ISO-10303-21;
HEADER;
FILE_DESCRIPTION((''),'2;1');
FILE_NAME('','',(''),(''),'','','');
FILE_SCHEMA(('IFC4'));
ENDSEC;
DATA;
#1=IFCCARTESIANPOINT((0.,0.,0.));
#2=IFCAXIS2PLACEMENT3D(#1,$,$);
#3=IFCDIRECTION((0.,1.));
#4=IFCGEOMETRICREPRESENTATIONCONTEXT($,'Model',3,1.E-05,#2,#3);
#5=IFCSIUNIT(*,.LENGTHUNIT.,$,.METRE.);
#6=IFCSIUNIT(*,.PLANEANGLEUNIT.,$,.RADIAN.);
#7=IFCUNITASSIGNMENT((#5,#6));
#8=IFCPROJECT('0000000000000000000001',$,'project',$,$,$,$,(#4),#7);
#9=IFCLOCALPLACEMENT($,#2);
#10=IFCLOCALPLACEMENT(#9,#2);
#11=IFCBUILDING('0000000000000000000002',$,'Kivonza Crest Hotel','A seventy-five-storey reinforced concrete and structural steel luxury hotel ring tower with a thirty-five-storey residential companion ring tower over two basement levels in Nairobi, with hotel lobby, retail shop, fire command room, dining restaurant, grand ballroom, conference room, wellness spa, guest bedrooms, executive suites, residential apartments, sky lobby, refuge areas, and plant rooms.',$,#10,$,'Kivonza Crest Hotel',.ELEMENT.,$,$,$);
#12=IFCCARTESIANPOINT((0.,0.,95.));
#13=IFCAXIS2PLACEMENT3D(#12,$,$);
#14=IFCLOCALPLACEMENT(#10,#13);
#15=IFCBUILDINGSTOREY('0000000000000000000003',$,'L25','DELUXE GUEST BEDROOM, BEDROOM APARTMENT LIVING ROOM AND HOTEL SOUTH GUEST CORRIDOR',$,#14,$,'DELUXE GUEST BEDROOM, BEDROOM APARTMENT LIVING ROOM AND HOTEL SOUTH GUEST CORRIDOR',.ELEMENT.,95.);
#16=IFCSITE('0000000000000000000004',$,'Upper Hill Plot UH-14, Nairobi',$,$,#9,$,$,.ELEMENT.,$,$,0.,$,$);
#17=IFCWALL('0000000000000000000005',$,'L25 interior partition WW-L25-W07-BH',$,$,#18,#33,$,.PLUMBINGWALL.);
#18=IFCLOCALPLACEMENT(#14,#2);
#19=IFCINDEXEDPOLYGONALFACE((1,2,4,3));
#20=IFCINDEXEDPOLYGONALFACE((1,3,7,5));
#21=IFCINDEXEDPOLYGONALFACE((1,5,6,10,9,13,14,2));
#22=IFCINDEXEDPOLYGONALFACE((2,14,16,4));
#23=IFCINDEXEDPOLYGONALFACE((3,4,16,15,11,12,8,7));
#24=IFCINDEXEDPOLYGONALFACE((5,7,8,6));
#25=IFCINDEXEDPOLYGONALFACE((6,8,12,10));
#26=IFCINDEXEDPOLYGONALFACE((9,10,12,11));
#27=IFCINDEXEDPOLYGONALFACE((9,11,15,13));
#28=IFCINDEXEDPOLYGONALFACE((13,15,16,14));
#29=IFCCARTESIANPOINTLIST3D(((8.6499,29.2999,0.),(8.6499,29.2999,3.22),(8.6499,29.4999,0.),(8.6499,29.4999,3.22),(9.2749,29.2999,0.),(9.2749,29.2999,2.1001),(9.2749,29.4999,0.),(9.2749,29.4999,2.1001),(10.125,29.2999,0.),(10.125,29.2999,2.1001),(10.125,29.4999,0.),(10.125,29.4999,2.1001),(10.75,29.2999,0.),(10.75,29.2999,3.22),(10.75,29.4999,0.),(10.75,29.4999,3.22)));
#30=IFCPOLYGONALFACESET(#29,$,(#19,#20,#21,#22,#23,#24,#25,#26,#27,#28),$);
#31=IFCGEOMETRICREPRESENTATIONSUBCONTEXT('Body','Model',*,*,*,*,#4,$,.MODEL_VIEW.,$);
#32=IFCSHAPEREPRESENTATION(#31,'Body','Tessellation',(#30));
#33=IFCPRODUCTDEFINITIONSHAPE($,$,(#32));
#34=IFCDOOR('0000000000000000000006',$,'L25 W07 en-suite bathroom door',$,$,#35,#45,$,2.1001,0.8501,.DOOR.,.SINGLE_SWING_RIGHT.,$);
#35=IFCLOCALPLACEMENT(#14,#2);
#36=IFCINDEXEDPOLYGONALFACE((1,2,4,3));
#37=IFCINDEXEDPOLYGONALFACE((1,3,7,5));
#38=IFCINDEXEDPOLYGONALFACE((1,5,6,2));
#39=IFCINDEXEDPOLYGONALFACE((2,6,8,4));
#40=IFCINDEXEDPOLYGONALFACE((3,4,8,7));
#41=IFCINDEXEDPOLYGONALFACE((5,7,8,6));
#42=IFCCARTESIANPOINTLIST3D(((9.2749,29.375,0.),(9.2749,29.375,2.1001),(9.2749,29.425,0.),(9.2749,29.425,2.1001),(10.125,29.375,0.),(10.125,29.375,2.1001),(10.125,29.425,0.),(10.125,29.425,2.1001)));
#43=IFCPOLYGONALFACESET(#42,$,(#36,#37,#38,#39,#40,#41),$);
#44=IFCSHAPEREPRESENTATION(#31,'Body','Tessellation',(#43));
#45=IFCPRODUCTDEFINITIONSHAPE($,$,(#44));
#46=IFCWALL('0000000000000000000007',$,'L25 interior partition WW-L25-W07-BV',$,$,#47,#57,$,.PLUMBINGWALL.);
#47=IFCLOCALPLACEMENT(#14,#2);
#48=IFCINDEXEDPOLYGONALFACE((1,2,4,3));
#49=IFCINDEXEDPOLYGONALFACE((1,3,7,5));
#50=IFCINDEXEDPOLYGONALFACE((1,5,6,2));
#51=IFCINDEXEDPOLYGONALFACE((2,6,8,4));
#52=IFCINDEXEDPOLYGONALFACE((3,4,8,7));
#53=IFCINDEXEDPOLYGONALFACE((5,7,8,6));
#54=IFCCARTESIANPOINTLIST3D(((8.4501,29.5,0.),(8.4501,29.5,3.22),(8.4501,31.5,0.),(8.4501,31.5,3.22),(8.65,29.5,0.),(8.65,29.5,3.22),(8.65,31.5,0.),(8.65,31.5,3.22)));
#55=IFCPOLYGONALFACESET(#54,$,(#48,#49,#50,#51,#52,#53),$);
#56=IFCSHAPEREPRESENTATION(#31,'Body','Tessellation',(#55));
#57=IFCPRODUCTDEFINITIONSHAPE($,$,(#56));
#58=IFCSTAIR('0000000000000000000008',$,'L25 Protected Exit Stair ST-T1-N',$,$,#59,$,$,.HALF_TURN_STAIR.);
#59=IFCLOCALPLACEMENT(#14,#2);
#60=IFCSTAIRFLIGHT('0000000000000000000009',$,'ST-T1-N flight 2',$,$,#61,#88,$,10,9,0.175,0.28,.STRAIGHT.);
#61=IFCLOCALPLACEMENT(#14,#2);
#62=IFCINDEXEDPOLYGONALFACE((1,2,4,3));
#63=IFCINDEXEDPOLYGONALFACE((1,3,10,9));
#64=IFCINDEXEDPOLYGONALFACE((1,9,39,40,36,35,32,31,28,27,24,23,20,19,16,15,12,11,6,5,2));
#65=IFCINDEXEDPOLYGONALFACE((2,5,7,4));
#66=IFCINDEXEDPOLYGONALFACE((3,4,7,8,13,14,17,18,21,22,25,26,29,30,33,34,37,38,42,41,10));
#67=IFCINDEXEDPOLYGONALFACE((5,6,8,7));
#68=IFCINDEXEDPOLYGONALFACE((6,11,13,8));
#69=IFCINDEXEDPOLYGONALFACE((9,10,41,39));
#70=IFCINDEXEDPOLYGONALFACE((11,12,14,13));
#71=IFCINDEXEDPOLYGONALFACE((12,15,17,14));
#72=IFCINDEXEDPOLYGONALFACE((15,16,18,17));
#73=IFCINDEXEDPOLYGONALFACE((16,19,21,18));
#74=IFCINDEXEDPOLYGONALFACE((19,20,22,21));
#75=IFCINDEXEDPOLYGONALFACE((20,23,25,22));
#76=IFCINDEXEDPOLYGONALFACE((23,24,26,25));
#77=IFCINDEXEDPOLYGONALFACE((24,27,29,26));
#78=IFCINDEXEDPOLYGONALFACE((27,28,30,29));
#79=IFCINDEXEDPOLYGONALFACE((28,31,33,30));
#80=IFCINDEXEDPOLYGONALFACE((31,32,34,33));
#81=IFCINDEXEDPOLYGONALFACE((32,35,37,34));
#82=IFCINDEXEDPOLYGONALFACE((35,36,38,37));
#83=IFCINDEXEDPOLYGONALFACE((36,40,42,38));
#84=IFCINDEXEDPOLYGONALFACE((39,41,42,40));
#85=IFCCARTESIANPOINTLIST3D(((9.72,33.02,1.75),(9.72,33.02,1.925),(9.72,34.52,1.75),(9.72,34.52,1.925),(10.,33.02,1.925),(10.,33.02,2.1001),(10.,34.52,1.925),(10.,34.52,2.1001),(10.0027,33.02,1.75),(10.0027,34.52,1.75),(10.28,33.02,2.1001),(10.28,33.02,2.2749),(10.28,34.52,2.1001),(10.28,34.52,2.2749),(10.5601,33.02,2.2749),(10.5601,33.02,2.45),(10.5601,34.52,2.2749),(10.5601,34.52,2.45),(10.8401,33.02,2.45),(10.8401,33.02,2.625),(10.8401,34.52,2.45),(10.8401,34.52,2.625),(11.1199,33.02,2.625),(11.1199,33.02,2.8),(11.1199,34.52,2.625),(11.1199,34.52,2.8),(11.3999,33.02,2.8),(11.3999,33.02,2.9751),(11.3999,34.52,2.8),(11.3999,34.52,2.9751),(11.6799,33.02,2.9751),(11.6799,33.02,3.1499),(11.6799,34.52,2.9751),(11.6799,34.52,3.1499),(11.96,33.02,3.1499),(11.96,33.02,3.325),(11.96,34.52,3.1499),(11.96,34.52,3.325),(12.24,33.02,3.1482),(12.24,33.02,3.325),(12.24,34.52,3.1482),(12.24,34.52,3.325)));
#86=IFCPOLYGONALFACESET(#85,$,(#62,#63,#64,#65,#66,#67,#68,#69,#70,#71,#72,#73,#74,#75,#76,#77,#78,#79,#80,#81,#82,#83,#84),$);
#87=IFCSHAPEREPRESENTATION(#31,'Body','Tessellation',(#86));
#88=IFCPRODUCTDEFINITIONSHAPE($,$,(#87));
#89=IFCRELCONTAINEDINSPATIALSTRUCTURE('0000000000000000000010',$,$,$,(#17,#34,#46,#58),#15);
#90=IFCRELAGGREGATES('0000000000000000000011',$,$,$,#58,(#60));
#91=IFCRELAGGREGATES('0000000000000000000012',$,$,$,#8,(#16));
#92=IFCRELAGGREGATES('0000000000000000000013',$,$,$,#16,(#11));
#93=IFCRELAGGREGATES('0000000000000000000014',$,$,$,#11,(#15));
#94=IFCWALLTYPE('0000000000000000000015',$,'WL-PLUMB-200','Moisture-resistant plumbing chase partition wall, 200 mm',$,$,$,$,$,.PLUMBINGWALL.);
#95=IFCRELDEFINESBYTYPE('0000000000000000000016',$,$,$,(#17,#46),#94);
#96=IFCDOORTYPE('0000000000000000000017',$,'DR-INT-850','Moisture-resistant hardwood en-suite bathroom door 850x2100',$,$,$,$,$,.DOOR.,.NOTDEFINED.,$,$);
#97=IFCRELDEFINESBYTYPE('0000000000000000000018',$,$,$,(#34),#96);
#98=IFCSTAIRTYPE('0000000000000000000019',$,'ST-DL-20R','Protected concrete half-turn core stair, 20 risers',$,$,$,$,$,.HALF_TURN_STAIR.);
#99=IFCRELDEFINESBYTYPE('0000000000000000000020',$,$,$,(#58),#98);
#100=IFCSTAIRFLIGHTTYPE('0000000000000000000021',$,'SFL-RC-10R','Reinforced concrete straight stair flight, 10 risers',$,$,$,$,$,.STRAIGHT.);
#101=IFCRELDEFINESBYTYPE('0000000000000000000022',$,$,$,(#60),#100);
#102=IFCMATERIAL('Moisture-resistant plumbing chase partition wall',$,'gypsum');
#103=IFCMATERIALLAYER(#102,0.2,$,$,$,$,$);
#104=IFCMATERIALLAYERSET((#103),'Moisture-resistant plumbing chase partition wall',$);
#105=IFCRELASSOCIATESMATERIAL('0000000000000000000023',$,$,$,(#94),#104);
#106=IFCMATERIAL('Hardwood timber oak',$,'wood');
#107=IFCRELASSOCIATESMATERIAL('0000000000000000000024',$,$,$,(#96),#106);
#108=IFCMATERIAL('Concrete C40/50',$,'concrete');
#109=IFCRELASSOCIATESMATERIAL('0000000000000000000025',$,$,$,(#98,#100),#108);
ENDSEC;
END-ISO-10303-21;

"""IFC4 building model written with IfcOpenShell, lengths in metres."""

from ifc_helpers import new_model, si_unit, direction, frame, frame_2d, origin, place, context, subcontext, project, spatial, polyline, rectangle, outline, extrude, material, layer, layer_set, type_object, element, fill, aggregate, save


model = new_model("IFC4")

# Units and contexts
model_context = context("Model", 3, precision=1e-05, world=origin(), true_north=direction((0.0, 1.0)))
body_context = subcontext(model_context, "Body", "Model", "MODEL_VIEW")
ifc_project = project(units=[si_unit("LENGTHUNIT", "METRE"), si_unit("PLANEANGLEUNIT", "RADIAN")], contexts=[model_context])

# Site, building, storey
site_placement = place(None, origin())
site = spatial("IfcSite", under=ifc_project, at=site_placement, Name="Upper Hill Plot UH-14, Nairobi", CompositionType="ELEMENT", RefElevation=0.0)
building_placement = place(site_placement, origin())
building = spatial("IfcBuilding", under=site, at=building_placement, Name="Kivonza Crest Hotel", Description="A seventy-five-storey reinforced concrete and structural steel luxury hotel ring tower with a thirty-five-storey residential companion ring tower over two basement levels in Nairobi, with hotel lobby, retail shop, fire command room, dining restaurant, grand ballroom, conference room, wellness spa, guest bedrooms, executive suites, residential apartments, sky lobby, refuge areas, and plant rooms.", LongName="Kivonza Crest Hotel", CompositionType="ELEMENT")
storey_placement = place(building_placement, frame((0.0, 0.0, 95.0)))
storey = spatial("IfcBuildingStorey", under=building, at=storey_placement, Name="L25", Description="DELUXE GUEST BEDROOM, BEDROOM APARTMENT LIVING ROOM AND HOTEL SOUTH GUEST CORRIDOR", LongName="DELUXE GUEST BEDROOM, BEDROOM APARTMENT LIVING ROOM AND HOTEL SOUTH GUEST CORRIDOR", CompositionType="ELEMENT", Elevation=95.0)

# Shared definitions
ifc_material_1 = material(Name="Hardwood timber oak", Category="wood")

# Wall, opening, door
ifc_material_2 = material(Name="Moisture-resistant plumbing chase partition wall", Category="gypsum")
ifc_layer_1 = layer(ifc_material_2, 0.2)
ifc_layer_set_1 = layer_set([ifc_layer_1], Name="Moisture-resistant plumbing chase partition wall")
wall_type_1 = type_object("IfcWallType", Name="WL-PLUMB-200", Description="Moisture-resistant plumbing chase partition wall, 200 mm", PredefinedType="PLUMBINGWALL", material=ifc_layer_set_1)
wall_1_placement = place(storey_placement, frame((8.6499, 29.3999, 0.0), z_axis=(0.0, 0.0, 1.0), x_axis=(1.0, 0.0, 0.0)))
wall_1 = element("IfcWall", 1, at=wall_1_placement, inside=storey, type_object=wall_type_1, Name="L25 interior partition WW-L25-W07-BH", PredefinedType="PLUMBINGWALL", context=body_context, shape_type="SweptSolid", body=[
    extrude(rectangle(XDim=2.1001, YDim=0.2, at=frame_2d((1.05, 0.0))), origin(), (0.0, 0.0, 1.0), 3.22),
])
opening_1_placement = place(wall_1_placement, frame((0.625, 0.0, 0.0)))
opening_1 = element("IfcOpeningElement", 2, at=opening_1_placement, cuts=wall_1, PredefinedType="OPENING", context=body_context, shape_type="SweptSolid", body=[
    extrude(rectangle(XDim=0.8501, YDim=2.1001, at=frame_2d((0.425, 1.05))), frame((0.0, 0.1099, 0.0), z_axis=(0.0, -1.0, 0.0), x_axis=(1.0, 0.0, 0.0)), (0.0, 0.0, 1.0), 0.22),
])
door_type_1 = type_object("IfcDoorType", Name="DR-INT-850", Description="Moisture-resistant hardwood en-suite bathroom door 850x2100", OperationType="NOTDEFINED", PredefinedType="DOOR", material=ifc_material_1)
door_1_placement = place(opening_1_placement, frame((0.8501, 0.0, 0.0), z_axis=(0.0, 0.0, 1.0), x_axis=(-1.0, 0.0, 0.0)))
door_1 = element("IfcDoor", 3, at=door_1_placement, inside=storey, type_object=door_type_1, Name="L25 W07 en-suite bathroom door", OperationType="SINGLE_SWING_RIGHT", OverallHeight=2.1001, OverallWidth=0.8501, PredefinedType="DOOR", context=body_context, shape_type="SweptSolid", body=[
    extrude(rectangle(XDim=0.8501, YDim=2.1001, at=frame_2d((0.425, 1.05))), frame((0.0, 0.0249, 0.0), z_axis=(0.0, -1.0, 0.0), x_axis=(1.0, 0.0, 0.0)), (0.0, 0.0, 1.0), 0.05),
])
fill(opening_1, door_1)

# Wall
wall_2_placement = place(storey_placement, frame((8.55, 29.5, 0.0), z_axis=(0.0, 0.0, 1.0), x_axis=(0.0, 1.0, 0.0)))
element("IfcWall", 4, at=wall_2_placement, inside=storey, type_object=wall_type_1, Name="L25 interior partition WW-L25-W07-BV", PredefinedType="PLUMBINGWALL", context=body_context, shape_type="SweptSolid", body=[
    extrude(rectangle(XDim=2.0, YDim=0.2, at=frame_2d((1.0, 0.0))), origin(), (0.0, 0.0, 1.0), 3.22),
])

# Stair, stair flight
ifc_material_3 = material(Name="Concrete C40/50", Category="concrete")
stair_type = type_object("IfcStairType", Name="ST-DL-20R", Description="Protected concrete half-turn core stair, 20 risers", PredefinedType="HALF_TURN_STAIR", material=ifc_material_3)
stair_placement = place(storey_placement, origin())
stair = element("IfcStair", 5, at=stair_placement, inside=storey, type_object=stair_type, Name="L25 Protected Exit Stair ST-T1-N", PredefinedType="HALF_TURN_STAIR")
stair_flight_type = type_object("IfcStairFlightType", Name="SFL-RC-10R", Description="Reinforced concrete straight stair flight, 10 risers", PredefinedType="STRAIGHT", material=ifc_material_3)
stair_flight_placement = place(storey_placement, frame((9.72, 33.77, 1.75), z_axis=(0.0, 0.0, 1.0), x_axis=(1.0, 0.0, 0.0)))
stair_flight = element("IfcStairFlight", 6, at=stair_flight_placement, type_object=stair_flight_type, Name="ST-T1-N flight 2", NumberOfRisers=10, NumberOfTreads=9, PredefinedType="STRAIGHT", RiserHeight=0.175, TreadLength=0.28, context=body_context, shape_type="SweptSolid", body=[
    extrude(outline(polyline([(0.0, 0.0), (0.0, 0.175), (0.28, 0.175), (0.28, 0.3501), (0.5601, 0.3501), (0.5601, 0.5249), (0.8401, 0.5249), (0.8401, 0.7), (1.1201, 0.7), (1.1201, 0.875), (1.3999, 0.875), (1.3999, 1.05), (1.6799, 1.05), (1.6799, 1.2251), (1.96, 1.2251), (1.96, 1.3999), (2.24, 1.3999), (2.24, 1.575), (2.52, 1.575), (2.52, 1.75), (2.52, 1.3982), (0.2827, 0.0), (0.0, 0.0)])), frame((0.0, 0.75, 0.0), z_axis=(0.0, -1.0, 0.0), x_axis=(1.0, 0.0, 0.0)), (0.0, 0.0, 1.0), 1.5),
])
aggregate(stair, [stair_flight])

save(model, "model.ifc")
